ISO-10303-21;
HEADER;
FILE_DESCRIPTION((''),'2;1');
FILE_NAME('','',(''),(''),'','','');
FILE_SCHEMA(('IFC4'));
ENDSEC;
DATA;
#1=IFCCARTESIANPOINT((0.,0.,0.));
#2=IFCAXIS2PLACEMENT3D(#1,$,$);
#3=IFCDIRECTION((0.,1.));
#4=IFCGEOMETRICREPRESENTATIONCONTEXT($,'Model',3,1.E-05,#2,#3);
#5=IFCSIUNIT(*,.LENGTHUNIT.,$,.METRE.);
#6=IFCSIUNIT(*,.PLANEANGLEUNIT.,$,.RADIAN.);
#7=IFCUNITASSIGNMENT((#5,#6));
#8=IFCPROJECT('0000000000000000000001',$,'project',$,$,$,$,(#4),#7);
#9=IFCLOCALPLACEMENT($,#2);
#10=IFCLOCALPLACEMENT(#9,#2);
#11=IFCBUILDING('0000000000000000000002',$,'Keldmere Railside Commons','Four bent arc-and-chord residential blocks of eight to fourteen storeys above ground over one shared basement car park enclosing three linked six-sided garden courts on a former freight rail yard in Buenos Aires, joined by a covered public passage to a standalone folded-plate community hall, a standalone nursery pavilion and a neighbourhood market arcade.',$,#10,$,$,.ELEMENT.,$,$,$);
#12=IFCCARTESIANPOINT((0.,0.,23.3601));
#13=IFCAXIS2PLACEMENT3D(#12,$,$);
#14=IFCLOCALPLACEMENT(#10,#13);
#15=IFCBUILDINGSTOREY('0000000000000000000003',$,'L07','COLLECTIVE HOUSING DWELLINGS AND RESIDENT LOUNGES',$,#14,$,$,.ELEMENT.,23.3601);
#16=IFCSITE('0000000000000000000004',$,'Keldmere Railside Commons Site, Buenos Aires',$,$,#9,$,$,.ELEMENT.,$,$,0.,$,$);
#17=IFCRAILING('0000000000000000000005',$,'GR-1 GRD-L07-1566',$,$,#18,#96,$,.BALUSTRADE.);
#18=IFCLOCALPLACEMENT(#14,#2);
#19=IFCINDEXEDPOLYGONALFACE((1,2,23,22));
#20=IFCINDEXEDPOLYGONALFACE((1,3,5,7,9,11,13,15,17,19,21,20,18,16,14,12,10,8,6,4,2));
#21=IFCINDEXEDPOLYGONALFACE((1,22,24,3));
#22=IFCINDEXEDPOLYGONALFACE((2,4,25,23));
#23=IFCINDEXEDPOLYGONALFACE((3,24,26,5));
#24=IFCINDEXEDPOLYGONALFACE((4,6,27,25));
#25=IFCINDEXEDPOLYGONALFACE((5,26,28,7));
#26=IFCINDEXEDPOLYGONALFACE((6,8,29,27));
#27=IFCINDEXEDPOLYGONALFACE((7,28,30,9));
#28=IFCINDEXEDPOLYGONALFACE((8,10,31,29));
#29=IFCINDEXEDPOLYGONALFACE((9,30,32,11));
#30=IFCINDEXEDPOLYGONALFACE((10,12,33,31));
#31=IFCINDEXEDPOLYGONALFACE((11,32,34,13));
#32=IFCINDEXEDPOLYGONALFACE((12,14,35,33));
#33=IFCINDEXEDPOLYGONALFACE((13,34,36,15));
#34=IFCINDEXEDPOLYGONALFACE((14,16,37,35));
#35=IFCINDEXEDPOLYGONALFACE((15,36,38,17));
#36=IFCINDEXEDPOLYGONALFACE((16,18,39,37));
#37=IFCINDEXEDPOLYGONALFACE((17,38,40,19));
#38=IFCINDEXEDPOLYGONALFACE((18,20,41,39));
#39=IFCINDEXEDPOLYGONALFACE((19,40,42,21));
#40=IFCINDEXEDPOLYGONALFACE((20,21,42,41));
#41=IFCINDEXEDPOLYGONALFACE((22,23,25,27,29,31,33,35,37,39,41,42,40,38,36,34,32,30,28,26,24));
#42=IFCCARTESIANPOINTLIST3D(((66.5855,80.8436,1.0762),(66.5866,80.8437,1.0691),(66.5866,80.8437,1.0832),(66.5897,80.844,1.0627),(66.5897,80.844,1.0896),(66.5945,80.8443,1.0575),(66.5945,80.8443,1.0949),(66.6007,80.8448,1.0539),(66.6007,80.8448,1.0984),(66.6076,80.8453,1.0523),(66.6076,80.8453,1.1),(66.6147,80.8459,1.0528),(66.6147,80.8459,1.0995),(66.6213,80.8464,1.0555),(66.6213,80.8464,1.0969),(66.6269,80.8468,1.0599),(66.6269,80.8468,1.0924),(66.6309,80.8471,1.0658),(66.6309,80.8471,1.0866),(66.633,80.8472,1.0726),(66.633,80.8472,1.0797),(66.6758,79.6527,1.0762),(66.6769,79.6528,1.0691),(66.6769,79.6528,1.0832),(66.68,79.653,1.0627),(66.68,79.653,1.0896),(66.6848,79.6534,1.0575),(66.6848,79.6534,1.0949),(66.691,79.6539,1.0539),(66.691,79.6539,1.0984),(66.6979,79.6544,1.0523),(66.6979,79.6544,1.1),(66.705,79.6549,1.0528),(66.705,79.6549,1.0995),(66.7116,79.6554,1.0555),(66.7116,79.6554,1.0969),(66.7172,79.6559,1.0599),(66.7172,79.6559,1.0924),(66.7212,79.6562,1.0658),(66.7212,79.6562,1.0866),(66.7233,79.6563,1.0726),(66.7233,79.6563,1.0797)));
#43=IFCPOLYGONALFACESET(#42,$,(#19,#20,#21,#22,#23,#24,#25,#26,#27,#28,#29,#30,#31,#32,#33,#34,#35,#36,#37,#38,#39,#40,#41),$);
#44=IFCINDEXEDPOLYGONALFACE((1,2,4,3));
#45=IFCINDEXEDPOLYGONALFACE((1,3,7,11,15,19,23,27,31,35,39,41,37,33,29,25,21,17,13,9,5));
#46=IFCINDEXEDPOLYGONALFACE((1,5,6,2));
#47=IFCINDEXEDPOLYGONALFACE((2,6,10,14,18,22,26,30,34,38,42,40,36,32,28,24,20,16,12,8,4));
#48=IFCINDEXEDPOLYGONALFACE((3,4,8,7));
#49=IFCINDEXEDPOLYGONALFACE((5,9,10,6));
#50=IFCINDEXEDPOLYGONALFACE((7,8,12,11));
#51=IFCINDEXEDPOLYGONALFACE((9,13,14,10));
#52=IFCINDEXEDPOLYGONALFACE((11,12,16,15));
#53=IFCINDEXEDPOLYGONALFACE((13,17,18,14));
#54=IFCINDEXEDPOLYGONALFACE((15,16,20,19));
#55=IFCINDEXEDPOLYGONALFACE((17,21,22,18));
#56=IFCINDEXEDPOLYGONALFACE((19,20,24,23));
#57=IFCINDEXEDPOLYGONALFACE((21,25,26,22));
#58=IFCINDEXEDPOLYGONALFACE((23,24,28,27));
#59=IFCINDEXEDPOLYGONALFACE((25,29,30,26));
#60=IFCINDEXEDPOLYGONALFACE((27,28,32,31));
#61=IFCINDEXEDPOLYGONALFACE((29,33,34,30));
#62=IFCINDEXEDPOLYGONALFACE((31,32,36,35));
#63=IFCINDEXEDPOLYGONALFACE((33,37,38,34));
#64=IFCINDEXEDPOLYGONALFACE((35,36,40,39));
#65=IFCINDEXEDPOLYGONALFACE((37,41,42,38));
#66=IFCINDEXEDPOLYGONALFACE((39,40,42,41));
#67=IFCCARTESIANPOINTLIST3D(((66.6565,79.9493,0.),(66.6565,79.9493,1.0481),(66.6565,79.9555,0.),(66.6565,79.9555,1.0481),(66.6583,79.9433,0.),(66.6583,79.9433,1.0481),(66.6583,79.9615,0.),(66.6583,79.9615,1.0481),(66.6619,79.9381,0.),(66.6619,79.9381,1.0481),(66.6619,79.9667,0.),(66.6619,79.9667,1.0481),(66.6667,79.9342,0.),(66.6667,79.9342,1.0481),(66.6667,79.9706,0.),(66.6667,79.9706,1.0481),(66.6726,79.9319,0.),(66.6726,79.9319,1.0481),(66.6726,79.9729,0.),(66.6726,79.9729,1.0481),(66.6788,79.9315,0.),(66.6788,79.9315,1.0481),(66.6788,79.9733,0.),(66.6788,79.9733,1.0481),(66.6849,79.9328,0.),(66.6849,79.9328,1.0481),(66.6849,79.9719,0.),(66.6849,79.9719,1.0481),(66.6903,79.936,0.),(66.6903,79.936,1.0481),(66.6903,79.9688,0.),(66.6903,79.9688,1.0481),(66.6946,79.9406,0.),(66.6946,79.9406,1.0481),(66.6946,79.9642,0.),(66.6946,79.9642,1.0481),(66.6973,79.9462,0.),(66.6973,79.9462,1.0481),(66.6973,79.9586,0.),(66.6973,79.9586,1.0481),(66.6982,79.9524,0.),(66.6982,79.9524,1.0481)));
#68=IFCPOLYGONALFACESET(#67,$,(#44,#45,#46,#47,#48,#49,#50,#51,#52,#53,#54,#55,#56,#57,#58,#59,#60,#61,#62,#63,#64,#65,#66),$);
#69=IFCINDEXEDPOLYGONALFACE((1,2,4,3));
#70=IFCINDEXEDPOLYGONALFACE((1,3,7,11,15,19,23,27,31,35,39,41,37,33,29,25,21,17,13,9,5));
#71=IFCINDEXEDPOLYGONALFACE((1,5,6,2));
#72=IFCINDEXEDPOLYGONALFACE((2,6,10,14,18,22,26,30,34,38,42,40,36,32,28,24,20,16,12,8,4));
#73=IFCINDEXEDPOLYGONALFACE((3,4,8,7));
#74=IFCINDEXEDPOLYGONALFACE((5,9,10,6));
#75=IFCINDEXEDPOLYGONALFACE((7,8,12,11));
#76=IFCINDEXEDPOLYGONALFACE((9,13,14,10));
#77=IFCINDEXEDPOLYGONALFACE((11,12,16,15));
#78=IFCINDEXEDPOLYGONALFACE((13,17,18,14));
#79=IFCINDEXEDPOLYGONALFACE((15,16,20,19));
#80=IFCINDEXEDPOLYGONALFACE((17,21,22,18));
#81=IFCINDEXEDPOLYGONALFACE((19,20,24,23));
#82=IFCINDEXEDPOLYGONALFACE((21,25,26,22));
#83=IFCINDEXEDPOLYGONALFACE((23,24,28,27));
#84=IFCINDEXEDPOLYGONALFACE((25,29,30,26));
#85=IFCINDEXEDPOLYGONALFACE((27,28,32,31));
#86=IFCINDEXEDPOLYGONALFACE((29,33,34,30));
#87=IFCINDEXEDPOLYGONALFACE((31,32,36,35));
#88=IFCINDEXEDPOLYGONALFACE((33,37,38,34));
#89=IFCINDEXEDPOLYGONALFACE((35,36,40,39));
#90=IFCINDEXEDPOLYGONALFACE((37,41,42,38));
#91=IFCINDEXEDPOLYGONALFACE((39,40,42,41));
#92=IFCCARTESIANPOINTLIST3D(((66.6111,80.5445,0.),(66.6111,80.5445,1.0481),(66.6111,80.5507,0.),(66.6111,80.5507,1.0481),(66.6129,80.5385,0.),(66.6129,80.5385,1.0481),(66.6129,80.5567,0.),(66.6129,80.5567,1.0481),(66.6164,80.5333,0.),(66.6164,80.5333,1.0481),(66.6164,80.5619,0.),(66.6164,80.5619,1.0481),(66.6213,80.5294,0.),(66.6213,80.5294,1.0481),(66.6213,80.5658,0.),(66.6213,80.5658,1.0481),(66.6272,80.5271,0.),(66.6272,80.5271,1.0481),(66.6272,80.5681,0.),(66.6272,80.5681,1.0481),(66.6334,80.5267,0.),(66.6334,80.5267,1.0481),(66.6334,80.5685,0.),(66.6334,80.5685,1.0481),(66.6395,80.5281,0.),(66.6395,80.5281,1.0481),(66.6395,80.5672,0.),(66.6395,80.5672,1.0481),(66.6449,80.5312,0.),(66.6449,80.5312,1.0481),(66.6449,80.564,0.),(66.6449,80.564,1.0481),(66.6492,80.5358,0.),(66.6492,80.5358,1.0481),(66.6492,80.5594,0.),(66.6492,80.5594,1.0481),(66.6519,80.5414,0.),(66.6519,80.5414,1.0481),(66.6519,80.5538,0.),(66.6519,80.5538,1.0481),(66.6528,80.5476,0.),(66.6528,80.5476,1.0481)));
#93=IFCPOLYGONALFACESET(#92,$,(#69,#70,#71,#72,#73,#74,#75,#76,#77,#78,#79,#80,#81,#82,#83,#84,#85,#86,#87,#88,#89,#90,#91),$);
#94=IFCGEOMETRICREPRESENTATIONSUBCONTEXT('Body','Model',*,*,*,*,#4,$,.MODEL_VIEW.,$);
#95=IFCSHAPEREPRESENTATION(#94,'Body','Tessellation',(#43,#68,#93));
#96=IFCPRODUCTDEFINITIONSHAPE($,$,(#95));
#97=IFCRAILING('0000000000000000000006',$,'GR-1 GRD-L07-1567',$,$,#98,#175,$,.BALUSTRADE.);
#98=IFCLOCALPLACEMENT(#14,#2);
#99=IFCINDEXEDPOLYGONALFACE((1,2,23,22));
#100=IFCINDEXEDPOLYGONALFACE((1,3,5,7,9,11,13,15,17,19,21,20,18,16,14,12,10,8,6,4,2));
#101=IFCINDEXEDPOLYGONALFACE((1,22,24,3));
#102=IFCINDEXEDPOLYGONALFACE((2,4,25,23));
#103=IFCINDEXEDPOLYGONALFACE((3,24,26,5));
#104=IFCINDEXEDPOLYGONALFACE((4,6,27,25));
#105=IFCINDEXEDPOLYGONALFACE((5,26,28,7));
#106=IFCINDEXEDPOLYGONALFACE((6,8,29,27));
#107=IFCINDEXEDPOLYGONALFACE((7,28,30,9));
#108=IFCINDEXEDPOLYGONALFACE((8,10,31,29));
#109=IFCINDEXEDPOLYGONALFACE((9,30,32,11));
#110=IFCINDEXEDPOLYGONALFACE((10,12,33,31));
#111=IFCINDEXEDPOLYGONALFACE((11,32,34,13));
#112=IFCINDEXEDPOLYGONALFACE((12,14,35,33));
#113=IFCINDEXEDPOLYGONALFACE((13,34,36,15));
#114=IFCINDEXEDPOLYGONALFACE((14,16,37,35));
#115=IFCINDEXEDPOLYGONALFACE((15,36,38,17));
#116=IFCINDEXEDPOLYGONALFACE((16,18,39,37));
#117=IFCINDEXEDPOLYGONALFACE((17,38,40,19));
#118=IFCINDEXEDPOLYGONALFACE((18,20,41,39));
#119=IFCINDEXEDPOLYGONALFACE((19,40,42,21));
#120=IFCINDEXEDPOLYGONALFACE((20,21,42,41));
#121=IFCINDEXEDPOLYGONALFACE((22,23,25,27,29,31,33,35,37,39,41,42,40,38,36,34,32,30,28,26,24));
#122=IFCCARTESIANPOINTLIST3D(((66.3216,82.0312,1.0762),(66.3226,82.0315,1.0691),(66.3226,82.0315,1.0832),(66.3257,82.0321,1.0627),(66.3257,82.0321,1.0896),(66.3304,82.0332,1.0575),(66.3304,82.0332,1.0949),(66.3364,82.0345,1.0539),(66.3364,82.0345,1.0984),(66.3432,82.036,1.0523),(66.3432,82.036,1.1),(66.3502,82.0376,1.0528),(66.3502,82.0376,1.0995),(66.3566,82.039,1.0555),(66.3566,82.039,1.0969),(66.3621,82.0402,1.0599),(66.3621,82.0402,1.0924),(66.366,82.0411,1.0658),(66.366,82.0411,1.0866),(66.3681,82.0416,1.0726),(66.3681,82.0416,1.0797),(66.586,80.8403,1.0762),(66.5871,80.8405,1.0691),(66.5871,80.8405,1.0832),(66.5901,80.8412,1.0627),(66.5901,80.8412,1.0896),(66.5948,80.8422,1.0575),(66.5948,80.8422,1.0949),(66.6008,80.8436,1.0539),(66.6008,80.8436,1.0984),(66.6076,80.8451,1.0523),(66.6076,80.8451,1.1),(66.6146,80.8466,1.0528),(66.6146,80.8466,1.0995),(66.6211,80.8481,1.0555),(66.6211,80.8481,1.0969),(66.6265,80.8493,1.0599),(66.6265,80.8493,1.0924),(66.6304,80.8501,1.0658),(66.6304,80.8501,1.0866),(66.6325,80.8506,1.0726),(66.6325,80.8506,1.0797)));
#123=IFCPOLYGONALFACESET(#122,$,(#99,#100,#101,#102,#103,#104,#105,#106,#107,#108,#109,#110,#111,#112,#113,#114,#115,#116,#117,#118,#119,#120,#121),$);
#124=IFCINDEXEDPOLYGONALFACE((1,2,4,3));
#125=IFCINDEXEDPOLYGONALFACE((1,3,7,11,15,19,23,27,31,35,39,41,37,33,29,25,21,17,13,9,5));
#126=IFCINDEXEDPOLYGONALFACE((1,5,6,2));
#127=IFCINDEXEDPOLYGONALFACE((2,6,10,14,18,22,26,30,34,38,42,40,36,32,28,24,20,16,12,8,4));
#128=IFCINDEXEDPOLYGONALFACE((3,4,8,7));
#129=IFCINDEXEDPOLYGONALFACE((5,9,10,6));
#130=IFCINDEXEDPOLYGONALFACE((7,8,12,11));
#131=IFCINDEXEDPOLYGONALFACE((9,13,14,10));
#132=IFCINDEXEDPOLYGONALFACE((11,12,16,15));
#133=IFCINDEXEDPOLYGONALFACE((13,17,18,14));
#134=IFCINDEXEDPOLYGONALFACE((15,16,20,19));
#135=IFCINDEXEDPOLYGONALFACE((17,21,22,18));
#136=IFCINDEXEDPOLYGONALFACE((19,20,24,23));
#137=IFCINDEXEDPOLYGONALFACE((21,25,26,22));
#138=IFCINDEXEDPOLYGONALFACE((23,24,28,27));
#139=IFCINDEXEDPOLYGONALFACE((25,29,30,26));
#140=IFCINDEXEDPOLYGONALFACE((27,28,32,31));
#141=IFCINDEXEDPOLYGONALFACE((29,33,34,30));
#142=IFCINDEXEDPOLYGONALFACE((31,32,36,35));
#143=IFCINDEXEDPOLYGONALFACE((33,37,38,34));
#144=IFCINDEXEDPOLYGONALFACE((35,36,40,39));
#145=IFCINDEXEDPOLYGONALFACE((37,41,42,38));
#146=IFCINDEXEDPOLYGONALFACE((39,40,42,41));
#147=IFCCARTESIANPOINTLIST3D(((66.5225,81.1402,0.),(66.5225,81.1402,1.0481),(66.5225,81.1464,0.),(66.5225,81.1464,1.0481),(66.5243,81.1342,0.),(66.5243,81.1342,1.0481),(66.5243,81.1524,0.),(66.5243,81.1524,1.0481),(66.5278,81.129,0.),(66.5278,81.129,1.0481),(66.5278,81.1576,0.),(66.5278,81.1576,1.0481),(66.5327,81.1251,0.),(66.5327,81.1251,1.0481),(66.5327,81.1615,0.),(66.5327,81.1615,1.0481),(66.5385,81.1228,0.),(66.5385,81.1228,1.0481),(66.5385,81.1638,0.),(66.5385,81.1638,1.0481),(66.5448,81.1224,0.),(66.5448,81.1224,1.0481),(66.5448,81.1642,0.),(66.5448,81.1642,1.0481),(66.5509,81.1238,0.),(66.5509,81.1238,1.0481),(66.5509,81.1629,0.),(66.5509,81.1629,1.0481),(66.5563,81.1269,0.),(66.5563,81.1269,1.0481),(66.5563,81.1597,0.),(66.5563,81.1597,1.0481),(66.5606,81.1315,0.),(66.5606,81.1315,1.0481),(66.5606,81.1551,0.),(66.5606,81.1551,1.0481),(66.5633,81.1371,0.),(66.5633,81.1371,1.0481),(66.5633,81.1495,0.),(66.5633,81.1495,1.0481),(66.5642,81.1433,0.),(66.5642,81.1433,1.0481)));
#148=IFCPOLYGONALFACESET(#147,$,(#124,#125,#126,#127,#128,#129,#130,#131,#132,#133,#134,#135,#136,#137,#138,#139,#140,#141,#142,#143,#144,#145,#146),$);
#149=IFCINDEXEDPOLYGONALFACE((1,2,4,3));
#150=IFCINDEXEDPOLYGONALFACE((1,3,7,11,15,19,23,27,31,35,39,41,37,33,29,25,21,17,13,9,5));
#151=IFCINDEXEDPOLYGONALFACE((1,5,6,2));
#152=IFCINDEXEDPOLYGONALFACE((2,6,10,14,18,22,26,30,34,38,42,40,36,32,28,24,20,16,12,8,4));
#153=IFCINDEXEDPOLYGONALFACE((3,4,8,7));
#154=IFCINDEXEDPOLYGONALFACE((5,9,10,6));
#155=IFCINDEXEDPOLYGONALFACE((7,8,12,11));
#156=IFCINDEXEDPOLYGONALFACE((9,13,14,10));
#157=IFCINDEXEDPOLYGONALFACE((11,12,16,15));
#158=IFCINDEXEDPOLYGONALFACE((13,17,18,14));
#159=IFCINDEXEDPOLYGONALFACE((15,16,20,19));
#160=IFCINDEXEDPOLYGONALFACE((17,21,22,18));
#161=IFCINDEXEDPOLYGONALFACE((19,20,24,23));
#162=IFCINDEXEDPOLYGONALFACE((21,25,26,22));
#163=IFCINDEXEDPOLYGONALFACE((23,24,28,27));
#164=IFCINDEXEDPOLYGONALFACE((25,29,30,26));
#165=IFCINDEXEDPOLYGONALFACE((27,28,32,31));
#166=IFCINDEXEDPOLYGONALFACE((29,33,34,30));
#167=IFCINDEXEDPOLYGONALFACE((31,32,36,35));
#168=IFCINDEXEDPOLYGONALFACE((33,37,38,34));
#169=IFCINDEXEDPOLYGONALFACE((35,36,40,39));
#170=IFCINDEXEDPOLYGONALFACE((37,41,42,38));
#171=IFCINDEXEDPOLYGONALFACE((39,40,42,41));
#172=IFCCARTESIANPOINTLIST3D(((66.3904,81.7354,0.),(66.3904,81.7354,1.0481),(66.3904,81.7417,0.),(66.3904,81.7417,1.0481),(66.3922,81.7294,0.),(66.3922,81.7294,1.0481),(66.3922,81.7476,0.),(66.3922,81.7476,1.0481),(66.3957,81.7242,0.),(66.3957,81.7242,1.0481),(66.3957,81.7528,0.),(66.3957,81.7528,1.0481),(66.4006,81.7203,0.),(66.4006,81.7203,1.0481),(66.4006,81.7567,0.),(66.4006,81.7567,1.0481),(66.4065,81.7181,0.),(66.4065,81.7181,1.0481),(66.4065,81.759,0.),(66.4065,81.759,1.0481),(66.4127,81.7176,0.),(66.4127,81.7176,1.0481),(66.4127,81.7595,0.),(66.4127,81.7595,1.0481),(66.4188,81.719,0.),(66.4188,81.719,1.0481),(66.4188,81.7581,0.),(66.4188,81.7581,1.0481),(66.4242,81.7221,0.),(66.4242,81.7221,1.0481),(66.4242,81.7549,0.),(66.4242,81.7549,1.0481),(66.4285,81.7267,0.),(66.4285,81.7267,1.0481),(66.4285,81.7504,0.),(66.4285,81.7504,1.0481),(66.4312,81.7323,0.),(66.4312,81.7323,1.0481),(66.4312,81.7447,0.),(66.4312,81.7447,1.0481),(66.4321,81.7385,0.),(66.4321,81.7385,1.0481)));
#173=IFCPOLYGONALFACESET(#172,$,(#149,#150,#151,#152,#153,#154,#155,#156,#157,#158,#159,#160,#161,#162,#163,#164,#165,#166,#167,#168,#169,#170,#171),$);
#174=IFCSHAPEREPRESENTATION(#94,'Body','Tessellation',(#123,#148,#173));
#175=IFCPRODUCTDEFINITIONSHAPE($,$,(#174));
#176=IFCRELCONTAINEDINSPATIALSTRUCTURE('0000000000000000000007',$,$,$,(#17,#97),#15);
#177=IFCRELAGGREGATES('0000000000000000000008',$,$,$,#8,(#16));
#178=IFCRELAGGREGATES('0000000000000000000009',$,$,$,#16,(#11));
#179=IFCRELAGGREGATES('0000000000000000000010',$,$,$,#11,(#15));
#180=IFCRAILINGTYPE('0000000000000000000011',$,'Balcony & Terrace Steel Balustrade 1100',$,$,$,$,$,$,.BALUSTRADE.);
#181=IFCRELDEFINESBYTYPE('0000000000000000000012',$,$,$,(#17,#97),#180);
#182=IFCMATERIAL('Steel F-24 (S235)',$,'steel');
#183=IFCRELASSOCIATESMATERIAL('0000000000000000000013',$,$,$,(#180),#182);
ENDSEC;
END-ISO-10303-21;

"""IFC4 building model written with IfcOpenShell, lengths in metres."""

from ifc_helpers import new_model, si_unit, direction, frame, origin, origin_2d, place, context, subcontext, project, spatial, circle, extrude, material, type_object, element, save


model = new_model("IFC4")

# Units and contexts
model_context = context("Model", 3, precision=1e-05, world=origin(), true_north=direction((0.0, 1.0)))
body_context = subcontext(model_context, "Body", "Model", "MODEL_VIEW")
ifc_project = project(units=[si_unit("LENGTHUNIT", "METRE"), si_unit("PLANEANGLEUNIT", "RADIAN")], contexts=[model_context])

# Site, building, storey
site_placement = place(None, origin())
site = spatial("IfcSite", under=ifc_project, at=site_placement, Name="Keldmere Railside Commons Site, Buenos Aires", CompositionType="ELEMENT", RefElevation=0.0)
building_placement = place(site_placement, origin())
building = spatial("IfcBuilding", under=site, at=building_placement, Name="Keldmere Railside Commons", Description="Four bent arc-and-chord residential blocks of eight to fourteen storeys above ground over one shared basement car park enclosing three linked six-sided garden courts on a former freight rail yard in Buenos Aires, joined by a covered public passage to a standalone folded-plate community hall, a standalone nursery pavilion and a neighbourhood market arcade.", CompositionType="ELEMENT")
storey_placement = place(building_placement, frame((0.0, 0.0, 23.3601)))
storey = spatial("IfcBuildingStorey", under=building, at=storey_placement, Name="L07", Description="COLLECTIVE HOUSING DWELLINGS AND RESIDENT LOUNGES", CompositionType="ELEMENT", Elevation=23.3601)

# Railings
ifc_material_1 = material(Name="Steel F-24 (S235)", Category="steel")
railing_type = type_object("IfcRailingType", Name="Balcony & Terrace Steel Balustrade 1100", PredefinedType="BALUSTRADE", material=ifc_material_1)
railing_1_placement = place(storey_placement, frame((66.6997, 79.6545, 0.0)))
element("IfcRailing", 1, at=railing_1_placement, inside=storey, type_object=railing_type, Name="GR-1 GRD-L07-1566", PredefinedType="BALUSTRADE", context=body_context, shape_type="SweptSolid", body=[
    extrude(circle(Radius=0.0239, at=origin_2d()), frame((0.0, 0.0, 1.0762), z_axis=(-0.075633, 0.997136, 0.0), x_axis=(-0.997136, -0.075633, 0.0)), (0.0, 0.0, 1.0), 1.1943),
    extrude(circle(Radius=0.021, at=origin_2d()), frame((-0.0225, 0.2979, 0.0)), (0.0, 0.0, 1.0), 1.0481),
    extrude(circle(Radius=0.021, at=origin_2d()), frame((-0.0679, 0.8931, 0.0)), (0.0, 0.0, 1.0), 1.0481),
])
railing_2_placement = place(storey_placement, frame((66.6094, 80.8455, 0.0)))
element("IfcRailing", 2, at=railing_2_placement, inside=storey, type_object=railing_type, Name="GR-1 GRD-L07-1567", PredefinedType="BALUSTRADE", context=body_context, shape_type="SweptSolid", body=[
    extrude(circle(Radius=0.0239, at=origin_2d()), frame((0.0, 0.0, 1.0762), z_axis=(-0.21674, 0.976229, 0.0), x_axis=(-0.976229, -0.21674, 0.0)), (0.0, 0.0, 1.0), 1.22),
    extrude(circle(Radius=0.021, at=origin_2d()), frame((-0.0662, 0.2979, 0.0)), (0.0, 0.0, 1.0), 1.0481),
    extrude(circle(Radius=0.021, at=origin_2d()), frame((-0.1982, 0.8931, 0.0)), (0.0, 0.0, 1.0), 1.0481),
])

save(model, "model.ifc")
